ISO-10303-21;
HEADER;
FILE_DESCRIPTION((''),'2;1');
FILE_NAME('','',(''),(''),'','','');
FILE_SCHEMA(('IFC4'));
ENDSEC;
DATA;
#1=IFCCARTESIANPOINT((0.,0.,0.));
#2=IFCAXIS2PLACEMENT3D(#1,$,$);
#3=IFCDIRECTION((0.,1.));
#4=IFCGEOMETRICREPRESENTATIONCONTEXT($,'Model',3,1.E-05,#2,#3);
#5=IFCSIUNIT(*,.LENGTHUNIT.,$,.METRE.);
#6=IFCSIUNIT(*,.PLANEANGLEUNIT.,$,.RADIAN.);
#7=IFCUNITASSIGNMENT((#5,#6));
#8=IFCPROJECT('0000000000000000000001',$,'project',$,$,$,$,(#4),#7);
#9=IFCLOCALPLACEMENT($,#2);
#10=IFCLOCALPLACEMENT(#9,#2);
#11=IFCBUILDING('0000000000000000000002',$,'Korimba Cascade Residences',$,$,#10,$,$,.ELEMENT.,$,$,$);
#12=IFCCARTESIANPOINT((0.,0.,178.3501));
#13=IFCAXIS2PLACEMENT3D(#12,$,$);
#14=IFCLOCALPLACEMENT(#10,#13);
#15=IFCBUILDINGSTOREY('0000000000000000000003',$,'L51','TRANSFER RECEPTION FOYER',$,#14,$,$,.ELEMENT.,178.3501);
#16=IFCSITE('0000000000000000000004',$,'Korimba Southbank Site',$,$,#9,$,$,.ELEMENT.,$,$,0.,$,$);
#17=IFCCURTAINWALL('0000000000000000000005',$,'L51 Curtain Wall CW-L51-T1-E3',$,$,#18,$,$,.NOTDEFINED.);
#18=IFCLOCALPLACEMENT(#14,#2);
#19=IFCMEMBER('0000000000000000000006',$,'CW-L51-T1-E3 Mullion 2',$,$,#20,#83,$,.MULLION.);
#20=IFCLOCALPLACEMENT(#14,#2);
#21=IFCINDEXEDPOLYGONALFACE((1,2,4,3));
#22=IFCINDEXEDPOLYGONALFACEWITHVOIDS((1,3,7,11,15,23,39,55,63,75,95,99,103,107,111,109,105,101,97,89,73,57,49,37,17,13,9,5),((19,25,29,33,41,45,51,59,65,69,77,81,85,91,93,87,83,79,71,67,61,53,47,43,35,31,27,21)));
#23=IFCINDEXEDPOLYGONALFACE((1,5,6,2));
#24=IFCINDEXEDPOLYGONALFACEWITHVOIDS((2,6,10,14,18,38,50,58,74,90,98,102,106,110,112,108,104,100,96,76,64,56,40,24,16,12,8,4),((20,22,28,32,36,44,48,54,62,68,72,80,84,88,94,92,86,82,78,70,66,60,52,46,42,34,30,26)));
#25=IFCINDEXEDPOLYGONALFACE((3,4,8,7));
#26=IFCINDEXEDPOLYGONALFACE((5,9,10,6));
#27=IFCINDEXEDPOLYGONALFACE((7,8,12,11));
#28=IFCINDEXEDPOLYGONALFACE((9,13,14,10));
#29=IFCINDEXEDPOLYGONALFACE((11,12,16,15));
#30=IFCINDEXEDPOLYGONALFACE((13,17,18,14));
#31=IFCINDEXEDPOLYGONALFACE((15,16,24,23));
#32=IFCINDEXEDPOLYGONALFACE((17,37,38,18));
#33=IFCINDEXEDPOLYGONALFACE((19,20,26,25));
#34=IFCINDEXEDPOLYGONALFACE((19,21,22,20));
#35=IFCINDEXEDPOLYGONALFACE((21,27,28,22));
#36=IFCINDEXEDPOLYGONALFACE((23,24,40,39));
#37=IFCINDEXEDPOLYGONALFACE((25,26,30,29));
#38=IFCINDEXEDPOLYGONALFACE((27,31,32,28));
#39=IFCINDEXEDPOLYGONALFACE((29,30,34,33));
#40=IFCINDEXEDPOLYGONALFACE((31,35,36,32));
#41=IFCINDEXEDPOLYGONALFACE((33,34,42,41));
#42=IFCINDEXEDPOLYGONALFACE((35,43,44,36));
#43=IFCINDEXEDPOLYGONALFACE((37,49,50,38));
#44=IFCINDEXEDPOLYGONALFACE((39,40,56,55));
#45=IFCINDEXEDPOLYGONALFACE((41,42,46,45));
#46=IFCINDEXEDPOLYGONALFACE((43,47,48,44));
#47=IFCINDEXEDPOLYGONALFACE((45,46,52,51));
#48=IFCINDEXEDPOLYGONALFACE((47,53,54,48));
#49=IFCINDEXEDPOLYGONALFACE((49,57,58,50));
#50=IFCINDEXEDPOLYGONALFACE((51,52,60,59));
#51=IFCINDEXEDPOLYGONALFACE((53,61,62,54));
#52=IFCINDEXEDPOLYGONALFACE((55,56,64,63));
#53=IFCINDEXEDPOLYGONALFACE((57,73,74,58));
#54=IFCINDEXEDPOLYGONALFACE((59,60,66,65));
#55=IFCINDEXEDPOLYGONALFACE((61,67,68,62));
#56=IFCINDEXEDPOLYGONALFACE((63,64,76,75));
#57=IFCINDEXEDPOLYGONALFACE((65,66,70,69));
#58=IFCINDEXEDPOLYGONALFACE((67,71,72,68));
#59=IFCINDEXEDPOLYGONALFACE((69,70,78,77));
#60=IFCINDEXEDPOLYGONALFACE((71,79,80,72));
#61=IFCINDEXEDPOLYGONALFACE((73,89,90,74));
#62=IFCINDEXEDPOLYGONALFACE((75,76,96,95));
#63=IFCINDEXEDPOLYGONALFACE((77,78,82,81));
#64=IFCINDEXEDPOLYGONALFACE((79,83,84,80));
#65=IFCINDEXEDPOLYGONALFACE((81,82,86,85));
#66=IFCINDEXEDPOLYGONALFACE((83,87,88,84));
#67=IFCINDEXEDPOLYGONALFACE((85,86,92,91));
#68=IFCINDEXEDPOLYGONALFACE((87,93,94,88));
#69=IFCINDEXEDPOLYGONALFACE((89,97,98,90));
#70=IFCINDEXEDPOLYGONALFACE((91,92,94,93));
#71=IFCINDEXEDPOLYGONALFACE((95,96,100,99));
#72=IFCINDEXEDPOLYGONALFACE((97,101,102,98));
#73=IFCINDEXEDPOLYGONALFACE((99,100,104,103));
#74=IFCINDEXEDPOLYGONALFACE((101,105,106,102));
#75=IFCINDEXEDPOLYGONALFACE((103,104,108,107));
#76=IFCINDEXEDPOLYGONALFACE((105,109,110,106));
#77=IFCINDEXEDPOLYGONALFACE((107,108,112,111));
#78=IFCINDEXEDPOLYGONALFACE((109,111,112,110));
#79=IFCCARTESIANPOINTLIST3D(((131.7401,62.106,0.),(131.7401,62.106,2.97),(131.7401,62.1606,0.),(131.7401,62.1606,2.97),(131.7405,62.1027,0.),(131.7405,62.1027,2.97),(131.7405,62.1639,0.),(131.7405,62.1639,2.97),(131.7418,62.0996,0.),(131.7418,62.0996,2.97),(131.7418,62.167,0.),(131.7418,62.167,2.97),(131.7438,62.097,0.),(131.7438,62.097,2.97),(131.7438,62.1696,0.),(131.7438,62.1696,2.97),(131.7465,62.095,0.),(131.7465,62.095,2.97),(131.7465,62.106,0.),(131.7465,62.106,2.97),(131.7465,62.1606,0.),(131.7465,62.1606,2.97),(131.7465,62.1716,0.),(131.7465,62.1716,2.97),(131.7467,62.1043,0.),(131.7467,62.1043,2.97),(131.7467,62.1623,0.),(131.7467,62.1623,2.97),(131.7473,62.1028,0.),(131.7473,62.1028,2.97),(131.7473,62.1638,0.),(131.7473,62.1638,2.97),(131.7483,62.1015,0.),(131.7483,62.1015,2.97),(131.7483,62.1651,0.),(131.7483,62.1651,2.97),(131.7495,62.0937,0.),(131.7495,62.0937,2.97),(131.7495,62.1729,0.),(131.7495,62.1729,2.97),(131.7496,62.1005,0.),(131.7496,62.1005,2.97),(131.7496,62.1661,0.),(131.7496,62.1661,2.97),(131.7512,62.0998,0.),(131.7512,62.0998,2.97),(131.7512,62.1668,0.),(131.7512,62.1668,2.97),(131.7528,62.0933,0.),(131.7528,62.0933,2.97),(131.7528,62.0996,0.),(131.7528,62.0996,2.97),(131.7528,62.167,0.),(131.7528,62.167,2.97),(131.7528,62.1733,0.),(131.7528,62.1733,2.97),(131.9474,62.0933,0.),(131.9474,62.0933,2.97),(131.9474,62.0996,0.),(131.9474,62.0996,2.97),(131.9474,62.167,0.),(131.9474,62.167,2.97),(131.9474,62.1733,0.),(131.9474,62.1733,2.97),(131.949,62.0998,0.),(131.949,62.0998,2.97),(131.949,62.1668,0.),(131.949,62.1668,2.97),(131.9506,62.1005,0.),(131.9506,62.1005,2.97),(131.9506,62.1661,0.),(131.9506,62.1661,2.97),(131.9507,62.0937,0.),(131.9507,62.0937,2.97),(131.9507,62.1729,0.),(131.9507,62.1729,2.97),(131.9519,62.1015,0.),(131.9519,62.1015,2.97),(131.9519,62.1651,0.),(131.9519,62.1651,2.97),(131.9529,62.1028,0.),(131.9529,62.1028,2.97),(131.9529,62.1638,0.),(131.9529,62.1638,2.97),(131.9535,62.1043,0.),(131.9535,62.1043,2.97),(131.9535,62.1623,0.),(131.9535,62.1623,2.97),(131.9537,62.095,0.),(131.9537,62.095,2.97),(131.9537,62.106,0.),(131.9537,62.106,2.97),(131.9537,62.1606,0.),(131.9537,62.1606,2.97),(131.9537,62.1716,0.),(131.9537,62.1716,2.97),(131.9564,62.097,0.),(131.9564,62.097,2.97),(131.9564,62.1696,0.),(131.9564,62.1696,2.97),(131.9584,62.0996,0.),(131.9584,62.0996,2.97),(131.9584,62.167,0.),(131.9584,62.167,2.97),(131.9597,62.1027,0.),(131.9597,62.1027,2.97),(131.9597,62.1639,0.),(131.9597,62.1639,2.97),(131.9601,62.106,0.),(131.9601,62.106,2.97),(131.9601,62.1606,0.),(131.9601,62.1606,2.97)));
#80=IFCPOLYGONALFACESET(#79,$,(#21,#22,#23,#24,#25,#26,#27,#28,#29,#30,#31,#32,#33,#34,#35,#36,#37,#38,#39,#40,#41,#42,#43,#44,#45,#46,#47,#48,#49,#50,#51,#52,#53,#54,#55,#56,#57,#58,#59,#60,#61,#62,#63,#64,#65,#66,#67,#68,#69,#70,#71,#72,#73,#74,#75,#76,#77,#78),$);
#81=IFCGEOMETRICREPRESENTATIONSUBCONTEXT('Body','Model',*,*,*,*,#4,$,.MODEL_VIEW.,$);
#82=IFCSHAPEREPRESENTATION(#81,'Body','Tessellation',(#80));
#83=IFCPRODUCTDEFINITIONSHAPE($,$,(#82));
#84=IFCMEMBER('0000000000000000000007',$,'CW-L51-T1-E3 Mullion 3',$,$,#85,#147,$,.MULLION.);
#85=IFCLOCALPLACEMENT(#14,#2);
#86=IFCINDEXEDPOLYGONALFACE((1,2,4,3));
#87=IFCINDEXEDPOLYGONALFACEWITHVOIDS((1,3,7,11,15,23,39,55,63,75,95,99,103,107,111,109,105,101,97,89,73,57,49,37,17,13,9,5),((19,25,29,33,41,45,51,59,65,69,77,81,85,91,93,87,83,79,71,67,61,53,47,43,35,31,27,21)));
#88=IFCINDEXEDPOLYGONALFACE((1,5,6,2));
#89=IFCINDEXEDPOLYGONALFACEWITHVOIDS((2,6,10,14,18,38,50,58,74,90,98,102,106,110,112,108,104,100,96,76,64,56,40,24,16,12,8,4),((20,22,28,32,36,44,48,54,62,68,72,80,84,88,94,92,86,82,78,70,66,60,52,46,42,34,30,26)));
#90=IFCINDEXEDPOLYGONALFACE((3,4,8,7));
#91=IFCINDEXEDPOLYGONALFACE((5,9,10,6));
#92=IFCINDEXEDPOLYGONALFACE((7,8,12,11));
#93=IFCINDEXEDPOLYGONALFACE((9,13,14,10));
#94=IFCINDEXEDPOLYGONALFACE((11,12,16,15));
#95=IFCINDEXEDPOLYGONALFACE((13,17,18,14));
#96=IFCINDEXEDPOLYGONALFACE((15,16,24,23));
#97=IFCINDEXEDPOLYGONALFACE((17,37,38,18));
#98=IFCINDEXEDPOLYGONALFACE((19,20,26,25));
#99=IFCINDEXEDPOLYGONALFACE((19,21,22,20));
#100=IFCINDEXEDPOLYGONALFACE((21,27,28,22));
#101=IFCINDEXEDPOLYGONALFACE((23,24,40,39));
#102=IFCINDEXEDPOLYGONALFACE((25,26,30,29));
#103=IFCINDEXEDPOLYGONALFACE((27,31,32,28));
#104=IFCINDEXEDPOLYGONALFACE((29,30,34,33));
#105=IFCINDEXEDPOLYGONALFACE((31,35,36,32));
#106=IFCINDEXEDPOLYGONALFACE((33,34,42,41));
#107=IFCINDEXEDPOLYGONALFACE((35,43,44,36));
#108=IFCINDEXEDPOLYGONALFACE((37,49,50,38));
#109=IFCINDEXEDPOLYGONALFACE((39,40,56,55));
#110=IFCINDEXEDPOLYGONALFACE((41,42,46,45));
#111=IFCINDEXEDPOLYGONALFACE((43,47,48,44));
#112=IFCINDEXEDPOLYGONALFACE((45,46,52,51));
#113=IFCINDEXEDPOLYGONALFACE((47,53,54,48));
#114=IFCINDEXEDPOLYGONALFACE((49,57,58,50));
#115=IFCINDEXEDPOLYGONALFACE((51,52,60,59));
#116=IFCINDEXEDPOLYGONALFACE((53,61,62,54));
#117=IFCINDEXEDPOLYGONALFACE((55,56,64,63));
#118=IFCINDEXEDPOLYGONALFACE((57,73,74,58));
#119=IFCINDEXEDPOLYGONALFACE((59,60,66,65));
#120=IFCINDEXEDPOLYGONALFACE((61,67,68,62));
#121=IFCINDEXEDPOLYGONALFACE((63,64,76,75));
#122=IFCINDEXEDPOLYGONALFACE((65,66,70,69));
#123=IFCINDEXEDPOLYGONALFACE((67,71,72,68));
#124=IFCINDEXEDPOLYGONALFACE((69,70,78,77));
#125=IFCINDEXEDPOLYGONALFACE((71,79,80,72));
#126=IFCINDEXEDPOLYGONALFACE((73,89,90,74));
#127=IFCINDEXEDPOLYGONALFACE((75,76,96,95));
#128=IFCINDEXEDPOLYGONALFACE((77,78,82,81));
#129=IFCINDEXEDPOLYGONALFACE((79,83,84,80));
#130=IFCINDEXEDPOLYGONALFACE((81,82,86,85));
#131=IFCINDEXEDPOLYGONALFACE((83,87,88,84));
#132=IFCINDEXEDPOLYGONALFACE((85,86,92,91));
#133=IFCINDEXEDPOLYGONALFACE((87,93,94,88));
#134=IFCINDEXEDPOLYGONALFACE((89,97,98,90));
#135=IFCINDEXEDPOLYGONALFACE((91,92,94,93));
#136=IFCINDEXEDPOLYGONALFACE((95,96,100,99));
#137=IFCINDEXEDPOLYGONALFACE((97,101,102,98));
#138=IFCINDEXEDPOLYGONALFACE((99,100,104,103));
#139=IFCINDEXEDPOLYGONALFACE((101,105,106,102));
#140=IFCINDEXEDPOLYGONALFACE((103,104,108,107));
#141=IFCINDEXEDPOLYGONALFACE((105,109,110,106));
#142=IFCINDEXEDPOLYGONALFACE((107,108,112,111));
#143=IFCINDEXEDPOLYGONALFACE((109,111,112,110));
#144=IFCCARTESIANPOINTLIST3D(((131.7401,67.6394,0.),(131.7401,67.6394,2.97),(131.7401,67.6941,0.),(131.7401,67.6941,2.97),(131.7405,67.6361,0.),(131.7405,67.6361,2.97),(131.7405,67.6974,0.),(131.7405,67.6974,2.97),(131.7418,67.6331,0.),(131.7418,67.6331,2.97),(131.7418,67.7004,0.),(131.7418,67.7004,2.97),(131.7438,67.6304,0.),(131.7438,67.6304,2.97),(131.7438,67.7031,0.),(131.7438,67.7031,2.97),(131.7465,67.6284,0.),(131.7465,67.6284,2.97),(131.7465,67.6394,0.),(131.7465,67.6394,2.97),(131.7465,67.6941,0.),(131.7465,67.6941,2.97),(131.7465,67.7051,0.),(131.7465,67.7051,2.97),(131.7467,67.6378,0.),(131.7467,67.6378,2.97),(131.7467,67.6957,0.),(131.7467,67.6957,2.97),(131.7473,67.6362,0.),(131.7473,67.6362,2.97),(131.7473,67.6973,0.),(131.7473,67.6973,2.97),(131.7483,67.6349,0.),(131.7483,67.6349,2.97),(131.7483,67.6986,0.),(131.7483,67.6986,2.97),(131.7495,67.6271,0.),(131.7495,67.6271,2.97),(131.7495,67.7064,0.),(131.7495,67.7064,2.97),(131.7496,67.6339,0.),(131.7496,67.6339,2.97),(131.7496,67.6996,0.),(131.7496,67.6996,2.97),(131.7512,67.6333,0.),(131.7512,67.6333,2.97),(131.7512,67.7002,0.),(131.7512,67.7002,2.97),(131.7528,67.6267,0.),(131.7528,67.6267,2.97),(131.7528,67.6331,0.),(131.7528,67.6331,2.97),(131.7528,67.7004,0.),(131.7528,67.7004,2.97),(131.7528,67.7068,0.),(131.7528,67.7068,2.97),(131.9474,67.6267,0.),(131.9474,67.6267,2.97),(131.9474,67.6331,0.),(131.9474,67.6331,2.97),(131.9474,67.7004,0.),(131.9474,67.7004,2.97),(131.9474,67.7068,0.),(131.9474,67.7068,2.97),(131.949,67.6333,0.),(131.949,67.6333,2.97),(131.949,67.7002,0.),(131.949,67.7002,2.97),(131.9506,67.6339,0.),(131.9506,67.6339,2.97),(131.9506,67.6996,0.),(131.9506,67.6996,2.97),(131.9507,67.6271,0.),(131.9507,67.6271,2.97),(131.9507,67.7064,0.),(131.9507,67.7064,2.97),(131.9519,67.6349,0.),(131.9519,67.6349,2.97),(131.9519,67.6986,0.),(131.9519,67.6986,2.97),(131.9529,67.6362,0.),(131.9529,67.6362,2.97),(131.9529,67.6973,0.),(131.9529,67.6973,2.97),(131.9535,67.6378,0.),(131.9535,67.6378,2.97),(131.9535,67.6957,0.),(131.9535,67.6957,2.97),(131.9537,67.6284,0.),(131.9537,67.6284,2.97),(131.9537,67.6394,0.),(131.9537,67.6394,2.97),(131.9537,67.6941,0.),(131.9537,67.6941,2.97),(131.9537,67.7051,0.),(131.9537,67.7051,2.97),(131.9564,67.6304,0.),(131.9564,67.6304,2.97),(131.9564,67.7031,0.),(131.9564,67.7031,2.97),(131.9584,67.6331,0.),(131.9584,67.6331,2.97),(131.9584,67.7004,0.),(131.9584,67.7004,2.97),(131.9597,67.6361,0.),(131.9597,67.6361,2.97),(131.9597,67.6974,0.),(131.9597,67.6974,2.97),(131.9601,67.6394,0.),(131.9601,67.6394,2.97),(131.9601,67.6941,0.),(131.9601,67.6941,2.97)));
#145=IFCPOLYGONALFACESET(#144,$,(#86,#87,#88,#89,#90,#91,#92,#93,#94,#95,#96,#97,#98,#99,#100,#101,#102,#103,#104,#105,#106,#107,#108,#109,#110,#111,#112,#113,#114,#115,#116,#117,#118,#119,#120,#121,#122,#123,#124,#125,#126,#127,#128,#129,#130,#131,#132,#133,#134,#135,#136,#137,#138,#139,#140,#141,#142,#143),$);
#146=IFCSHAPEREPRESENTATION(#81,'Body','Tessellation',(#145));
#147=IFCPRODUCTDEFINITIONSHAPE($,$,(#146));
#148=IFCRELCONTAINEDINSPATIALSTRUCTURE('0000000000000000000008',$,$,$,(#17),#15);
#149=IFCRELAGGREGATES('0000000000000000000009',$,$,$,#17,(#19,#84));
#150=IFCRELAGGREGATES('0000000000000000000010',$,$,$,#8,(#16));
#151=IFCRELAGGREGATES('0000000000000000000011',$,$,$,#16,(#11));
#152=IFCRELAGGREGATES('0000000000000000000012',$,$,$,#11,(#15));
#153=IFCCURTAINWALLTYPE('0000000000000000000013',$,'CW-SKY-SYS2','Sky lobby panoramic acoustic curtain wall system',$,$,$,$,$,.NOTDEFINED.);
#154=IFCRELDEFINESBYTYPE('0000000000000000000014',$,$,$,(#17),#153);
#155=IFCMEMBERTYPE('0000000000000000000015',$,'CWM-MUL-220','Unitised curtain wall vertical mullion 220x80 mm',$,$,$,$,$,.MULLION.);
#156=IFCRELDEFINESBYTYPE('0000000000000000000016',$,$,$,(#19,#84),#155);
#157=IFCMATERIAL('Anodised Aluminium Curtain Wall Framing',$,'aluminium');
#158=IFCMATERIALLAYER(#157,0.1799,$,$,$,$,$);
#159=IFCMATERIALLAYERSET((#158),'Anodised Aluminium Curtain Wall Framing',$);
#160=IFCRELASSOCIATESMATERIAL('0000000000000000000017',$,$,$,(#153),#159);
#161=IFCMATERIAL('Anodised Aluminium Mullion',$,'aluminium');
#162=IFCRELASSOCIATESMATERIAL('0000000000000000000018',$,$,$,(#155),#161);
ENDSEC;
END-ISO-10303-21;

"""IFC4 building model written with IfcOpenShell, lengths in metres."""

from ifc_helpers import new_model, si_unit, direction, frame, origin, origin_2d, place, context, subcontext, project, spatial, hollow_rectangle, extrude, material, layer, layer_set, material_profile, profile_set, type_object, element, aggregate, save


model = new_model("IFC4")

# Units and contexts
model_context = context("Model", 3, precision=1e-05, world=origin(), true_north=direction((0.0, 1.0)))
body_context = subcontext(model_context, "Body", "Model", "MODEL_VIEW")
ifc_project = project(units=[si_unit("LENGTHUNIT", "METRE"), si_unit("PLANEANGLEUNIT", "RADIAN")], contexts=[model_context])

# Site, building, storey
site_placement = place(None, origin())
site = spatial("IfcSite", under=ifc_project, at=site_placement, Name="Korimba Southbank Site", CompositionType="ELEMENT", RefElevation=0.0)
building_placement = place(site_placement, origin())
building = spatial("IfcBuilding", under=site, at=building_placement, Name="Korimba Cascade Residences", CompositionType="ELEMENT")
storey_placement = place(building_placement, frame((0.0, 0.0, 178.3501)))
storey = spatial("IfcBuildingStorey", under=building, at=storey_placement, Name="L51", Description="TRANSFER RECEPTION FOYER", CompositionType="ELEMENT", Elevation=178.3501)

# Curtain wall, members
ifc_material_1 = material(Name="Anodised Aluminium Curtain Wall Framing", Category="aluminium")
ifc_layer_1 = layer(ifc_material_1, 0.1799)
ifc_layer_set_1 = layer_set([ifc_layer_1], Name="Anodised Aluminium Curtain Wall Framing")
curtain_wall_type = type_object("IfcCurtainWallType", Name="CW-SKY-SYS2", Description="Sky lobby panoramic acoustic curtain wall system", PredefinedType="NOTDEFINED", material=ifc_layer_set_1)
curtain_wall_placement = place(storey_placement, origin())
curtain_wall = element("IfcCurtainWall", 1, at=curtain_wall_placement, inside=storey, type_object=curtain_wall_type, Name="L51 Curtain Wall CW-L51-T1-E3", PredefinedType="NOTDEFINED")
ifc_material_2 = material(Name="Anodised Aluminium Mullion", Category="aluminium")
ifc_material_profile_1 = material_profile(ifc_material_2, hollow_rectangle(XDim=0.0801, YDim=0.22, WallThickness=0.0063, InnerFilletRadius=0.0063, OuterFilletRadius=0.0127, at=origin_2d()), Name="Anodised Aluminium Mullion")
ifc_profile_set_1 = profile_set([ifc_material_profile_1], Name="Anodised Aluminium Mullion")
member_type_1 = type_object("IfcMemberType", Name="CWM-MUL-220", Description="Unitised curtain wall vertical mullion 220x80 mm", PredefinedType="MULLION", material=ifc_profile_set_1)
member_1_placement = place(storey_placement, frame((131.8501, 62.1333, 0.0), z_axis=(0.0, 0.0, 1.0), x_axis=(0.0, 1.0, 0.0)))
member_1 = element("IfcMember", 2, at=member_1_placement, type_object=member_type_1, Name="CW-L51-T1-E3 Mullion 2", PredefinedType="MULLION", context=body_context, shape_type="SweptSolid", body=[
    extrude(hollow_rectangle(XDim=0.0801, YDim=0.22, WallThickness=0.0063, InnerFilletRadius=0.0063, OuterFilletRadius=0.0127, at=origin_2d()), origin(), (0.0, 0.0, 1.0), 2.97),
])
member_2_placement = place(storey_placement, frame((131.8501, 67.6667, 0.0), z_axis=(0.0, 0.0, 1.0), x_axis=(0.0, 1.0, 0.0)))
member_2 = element("IfcMember", 3, at=member_2_placement, type_object=member_type_1, Name="CW-L51-T1-E3 Mullion 3", PredefinedType="MULLION", context=body_context, shape_type="SweptSolid", body=[
    extrude(hollow_rectangle(XDim=0.0801, YDim=0.22, WallThickness=0.0063, InnerFilletRadius=0.0063, OuterFilletRadius=0.0127, at=origin_2d()), origin(), (0.0, 0.0, 1.0), 2.97),
])
aggregate(curtain_wall, [member_1, member_2])

save(model, "model.ifc")
